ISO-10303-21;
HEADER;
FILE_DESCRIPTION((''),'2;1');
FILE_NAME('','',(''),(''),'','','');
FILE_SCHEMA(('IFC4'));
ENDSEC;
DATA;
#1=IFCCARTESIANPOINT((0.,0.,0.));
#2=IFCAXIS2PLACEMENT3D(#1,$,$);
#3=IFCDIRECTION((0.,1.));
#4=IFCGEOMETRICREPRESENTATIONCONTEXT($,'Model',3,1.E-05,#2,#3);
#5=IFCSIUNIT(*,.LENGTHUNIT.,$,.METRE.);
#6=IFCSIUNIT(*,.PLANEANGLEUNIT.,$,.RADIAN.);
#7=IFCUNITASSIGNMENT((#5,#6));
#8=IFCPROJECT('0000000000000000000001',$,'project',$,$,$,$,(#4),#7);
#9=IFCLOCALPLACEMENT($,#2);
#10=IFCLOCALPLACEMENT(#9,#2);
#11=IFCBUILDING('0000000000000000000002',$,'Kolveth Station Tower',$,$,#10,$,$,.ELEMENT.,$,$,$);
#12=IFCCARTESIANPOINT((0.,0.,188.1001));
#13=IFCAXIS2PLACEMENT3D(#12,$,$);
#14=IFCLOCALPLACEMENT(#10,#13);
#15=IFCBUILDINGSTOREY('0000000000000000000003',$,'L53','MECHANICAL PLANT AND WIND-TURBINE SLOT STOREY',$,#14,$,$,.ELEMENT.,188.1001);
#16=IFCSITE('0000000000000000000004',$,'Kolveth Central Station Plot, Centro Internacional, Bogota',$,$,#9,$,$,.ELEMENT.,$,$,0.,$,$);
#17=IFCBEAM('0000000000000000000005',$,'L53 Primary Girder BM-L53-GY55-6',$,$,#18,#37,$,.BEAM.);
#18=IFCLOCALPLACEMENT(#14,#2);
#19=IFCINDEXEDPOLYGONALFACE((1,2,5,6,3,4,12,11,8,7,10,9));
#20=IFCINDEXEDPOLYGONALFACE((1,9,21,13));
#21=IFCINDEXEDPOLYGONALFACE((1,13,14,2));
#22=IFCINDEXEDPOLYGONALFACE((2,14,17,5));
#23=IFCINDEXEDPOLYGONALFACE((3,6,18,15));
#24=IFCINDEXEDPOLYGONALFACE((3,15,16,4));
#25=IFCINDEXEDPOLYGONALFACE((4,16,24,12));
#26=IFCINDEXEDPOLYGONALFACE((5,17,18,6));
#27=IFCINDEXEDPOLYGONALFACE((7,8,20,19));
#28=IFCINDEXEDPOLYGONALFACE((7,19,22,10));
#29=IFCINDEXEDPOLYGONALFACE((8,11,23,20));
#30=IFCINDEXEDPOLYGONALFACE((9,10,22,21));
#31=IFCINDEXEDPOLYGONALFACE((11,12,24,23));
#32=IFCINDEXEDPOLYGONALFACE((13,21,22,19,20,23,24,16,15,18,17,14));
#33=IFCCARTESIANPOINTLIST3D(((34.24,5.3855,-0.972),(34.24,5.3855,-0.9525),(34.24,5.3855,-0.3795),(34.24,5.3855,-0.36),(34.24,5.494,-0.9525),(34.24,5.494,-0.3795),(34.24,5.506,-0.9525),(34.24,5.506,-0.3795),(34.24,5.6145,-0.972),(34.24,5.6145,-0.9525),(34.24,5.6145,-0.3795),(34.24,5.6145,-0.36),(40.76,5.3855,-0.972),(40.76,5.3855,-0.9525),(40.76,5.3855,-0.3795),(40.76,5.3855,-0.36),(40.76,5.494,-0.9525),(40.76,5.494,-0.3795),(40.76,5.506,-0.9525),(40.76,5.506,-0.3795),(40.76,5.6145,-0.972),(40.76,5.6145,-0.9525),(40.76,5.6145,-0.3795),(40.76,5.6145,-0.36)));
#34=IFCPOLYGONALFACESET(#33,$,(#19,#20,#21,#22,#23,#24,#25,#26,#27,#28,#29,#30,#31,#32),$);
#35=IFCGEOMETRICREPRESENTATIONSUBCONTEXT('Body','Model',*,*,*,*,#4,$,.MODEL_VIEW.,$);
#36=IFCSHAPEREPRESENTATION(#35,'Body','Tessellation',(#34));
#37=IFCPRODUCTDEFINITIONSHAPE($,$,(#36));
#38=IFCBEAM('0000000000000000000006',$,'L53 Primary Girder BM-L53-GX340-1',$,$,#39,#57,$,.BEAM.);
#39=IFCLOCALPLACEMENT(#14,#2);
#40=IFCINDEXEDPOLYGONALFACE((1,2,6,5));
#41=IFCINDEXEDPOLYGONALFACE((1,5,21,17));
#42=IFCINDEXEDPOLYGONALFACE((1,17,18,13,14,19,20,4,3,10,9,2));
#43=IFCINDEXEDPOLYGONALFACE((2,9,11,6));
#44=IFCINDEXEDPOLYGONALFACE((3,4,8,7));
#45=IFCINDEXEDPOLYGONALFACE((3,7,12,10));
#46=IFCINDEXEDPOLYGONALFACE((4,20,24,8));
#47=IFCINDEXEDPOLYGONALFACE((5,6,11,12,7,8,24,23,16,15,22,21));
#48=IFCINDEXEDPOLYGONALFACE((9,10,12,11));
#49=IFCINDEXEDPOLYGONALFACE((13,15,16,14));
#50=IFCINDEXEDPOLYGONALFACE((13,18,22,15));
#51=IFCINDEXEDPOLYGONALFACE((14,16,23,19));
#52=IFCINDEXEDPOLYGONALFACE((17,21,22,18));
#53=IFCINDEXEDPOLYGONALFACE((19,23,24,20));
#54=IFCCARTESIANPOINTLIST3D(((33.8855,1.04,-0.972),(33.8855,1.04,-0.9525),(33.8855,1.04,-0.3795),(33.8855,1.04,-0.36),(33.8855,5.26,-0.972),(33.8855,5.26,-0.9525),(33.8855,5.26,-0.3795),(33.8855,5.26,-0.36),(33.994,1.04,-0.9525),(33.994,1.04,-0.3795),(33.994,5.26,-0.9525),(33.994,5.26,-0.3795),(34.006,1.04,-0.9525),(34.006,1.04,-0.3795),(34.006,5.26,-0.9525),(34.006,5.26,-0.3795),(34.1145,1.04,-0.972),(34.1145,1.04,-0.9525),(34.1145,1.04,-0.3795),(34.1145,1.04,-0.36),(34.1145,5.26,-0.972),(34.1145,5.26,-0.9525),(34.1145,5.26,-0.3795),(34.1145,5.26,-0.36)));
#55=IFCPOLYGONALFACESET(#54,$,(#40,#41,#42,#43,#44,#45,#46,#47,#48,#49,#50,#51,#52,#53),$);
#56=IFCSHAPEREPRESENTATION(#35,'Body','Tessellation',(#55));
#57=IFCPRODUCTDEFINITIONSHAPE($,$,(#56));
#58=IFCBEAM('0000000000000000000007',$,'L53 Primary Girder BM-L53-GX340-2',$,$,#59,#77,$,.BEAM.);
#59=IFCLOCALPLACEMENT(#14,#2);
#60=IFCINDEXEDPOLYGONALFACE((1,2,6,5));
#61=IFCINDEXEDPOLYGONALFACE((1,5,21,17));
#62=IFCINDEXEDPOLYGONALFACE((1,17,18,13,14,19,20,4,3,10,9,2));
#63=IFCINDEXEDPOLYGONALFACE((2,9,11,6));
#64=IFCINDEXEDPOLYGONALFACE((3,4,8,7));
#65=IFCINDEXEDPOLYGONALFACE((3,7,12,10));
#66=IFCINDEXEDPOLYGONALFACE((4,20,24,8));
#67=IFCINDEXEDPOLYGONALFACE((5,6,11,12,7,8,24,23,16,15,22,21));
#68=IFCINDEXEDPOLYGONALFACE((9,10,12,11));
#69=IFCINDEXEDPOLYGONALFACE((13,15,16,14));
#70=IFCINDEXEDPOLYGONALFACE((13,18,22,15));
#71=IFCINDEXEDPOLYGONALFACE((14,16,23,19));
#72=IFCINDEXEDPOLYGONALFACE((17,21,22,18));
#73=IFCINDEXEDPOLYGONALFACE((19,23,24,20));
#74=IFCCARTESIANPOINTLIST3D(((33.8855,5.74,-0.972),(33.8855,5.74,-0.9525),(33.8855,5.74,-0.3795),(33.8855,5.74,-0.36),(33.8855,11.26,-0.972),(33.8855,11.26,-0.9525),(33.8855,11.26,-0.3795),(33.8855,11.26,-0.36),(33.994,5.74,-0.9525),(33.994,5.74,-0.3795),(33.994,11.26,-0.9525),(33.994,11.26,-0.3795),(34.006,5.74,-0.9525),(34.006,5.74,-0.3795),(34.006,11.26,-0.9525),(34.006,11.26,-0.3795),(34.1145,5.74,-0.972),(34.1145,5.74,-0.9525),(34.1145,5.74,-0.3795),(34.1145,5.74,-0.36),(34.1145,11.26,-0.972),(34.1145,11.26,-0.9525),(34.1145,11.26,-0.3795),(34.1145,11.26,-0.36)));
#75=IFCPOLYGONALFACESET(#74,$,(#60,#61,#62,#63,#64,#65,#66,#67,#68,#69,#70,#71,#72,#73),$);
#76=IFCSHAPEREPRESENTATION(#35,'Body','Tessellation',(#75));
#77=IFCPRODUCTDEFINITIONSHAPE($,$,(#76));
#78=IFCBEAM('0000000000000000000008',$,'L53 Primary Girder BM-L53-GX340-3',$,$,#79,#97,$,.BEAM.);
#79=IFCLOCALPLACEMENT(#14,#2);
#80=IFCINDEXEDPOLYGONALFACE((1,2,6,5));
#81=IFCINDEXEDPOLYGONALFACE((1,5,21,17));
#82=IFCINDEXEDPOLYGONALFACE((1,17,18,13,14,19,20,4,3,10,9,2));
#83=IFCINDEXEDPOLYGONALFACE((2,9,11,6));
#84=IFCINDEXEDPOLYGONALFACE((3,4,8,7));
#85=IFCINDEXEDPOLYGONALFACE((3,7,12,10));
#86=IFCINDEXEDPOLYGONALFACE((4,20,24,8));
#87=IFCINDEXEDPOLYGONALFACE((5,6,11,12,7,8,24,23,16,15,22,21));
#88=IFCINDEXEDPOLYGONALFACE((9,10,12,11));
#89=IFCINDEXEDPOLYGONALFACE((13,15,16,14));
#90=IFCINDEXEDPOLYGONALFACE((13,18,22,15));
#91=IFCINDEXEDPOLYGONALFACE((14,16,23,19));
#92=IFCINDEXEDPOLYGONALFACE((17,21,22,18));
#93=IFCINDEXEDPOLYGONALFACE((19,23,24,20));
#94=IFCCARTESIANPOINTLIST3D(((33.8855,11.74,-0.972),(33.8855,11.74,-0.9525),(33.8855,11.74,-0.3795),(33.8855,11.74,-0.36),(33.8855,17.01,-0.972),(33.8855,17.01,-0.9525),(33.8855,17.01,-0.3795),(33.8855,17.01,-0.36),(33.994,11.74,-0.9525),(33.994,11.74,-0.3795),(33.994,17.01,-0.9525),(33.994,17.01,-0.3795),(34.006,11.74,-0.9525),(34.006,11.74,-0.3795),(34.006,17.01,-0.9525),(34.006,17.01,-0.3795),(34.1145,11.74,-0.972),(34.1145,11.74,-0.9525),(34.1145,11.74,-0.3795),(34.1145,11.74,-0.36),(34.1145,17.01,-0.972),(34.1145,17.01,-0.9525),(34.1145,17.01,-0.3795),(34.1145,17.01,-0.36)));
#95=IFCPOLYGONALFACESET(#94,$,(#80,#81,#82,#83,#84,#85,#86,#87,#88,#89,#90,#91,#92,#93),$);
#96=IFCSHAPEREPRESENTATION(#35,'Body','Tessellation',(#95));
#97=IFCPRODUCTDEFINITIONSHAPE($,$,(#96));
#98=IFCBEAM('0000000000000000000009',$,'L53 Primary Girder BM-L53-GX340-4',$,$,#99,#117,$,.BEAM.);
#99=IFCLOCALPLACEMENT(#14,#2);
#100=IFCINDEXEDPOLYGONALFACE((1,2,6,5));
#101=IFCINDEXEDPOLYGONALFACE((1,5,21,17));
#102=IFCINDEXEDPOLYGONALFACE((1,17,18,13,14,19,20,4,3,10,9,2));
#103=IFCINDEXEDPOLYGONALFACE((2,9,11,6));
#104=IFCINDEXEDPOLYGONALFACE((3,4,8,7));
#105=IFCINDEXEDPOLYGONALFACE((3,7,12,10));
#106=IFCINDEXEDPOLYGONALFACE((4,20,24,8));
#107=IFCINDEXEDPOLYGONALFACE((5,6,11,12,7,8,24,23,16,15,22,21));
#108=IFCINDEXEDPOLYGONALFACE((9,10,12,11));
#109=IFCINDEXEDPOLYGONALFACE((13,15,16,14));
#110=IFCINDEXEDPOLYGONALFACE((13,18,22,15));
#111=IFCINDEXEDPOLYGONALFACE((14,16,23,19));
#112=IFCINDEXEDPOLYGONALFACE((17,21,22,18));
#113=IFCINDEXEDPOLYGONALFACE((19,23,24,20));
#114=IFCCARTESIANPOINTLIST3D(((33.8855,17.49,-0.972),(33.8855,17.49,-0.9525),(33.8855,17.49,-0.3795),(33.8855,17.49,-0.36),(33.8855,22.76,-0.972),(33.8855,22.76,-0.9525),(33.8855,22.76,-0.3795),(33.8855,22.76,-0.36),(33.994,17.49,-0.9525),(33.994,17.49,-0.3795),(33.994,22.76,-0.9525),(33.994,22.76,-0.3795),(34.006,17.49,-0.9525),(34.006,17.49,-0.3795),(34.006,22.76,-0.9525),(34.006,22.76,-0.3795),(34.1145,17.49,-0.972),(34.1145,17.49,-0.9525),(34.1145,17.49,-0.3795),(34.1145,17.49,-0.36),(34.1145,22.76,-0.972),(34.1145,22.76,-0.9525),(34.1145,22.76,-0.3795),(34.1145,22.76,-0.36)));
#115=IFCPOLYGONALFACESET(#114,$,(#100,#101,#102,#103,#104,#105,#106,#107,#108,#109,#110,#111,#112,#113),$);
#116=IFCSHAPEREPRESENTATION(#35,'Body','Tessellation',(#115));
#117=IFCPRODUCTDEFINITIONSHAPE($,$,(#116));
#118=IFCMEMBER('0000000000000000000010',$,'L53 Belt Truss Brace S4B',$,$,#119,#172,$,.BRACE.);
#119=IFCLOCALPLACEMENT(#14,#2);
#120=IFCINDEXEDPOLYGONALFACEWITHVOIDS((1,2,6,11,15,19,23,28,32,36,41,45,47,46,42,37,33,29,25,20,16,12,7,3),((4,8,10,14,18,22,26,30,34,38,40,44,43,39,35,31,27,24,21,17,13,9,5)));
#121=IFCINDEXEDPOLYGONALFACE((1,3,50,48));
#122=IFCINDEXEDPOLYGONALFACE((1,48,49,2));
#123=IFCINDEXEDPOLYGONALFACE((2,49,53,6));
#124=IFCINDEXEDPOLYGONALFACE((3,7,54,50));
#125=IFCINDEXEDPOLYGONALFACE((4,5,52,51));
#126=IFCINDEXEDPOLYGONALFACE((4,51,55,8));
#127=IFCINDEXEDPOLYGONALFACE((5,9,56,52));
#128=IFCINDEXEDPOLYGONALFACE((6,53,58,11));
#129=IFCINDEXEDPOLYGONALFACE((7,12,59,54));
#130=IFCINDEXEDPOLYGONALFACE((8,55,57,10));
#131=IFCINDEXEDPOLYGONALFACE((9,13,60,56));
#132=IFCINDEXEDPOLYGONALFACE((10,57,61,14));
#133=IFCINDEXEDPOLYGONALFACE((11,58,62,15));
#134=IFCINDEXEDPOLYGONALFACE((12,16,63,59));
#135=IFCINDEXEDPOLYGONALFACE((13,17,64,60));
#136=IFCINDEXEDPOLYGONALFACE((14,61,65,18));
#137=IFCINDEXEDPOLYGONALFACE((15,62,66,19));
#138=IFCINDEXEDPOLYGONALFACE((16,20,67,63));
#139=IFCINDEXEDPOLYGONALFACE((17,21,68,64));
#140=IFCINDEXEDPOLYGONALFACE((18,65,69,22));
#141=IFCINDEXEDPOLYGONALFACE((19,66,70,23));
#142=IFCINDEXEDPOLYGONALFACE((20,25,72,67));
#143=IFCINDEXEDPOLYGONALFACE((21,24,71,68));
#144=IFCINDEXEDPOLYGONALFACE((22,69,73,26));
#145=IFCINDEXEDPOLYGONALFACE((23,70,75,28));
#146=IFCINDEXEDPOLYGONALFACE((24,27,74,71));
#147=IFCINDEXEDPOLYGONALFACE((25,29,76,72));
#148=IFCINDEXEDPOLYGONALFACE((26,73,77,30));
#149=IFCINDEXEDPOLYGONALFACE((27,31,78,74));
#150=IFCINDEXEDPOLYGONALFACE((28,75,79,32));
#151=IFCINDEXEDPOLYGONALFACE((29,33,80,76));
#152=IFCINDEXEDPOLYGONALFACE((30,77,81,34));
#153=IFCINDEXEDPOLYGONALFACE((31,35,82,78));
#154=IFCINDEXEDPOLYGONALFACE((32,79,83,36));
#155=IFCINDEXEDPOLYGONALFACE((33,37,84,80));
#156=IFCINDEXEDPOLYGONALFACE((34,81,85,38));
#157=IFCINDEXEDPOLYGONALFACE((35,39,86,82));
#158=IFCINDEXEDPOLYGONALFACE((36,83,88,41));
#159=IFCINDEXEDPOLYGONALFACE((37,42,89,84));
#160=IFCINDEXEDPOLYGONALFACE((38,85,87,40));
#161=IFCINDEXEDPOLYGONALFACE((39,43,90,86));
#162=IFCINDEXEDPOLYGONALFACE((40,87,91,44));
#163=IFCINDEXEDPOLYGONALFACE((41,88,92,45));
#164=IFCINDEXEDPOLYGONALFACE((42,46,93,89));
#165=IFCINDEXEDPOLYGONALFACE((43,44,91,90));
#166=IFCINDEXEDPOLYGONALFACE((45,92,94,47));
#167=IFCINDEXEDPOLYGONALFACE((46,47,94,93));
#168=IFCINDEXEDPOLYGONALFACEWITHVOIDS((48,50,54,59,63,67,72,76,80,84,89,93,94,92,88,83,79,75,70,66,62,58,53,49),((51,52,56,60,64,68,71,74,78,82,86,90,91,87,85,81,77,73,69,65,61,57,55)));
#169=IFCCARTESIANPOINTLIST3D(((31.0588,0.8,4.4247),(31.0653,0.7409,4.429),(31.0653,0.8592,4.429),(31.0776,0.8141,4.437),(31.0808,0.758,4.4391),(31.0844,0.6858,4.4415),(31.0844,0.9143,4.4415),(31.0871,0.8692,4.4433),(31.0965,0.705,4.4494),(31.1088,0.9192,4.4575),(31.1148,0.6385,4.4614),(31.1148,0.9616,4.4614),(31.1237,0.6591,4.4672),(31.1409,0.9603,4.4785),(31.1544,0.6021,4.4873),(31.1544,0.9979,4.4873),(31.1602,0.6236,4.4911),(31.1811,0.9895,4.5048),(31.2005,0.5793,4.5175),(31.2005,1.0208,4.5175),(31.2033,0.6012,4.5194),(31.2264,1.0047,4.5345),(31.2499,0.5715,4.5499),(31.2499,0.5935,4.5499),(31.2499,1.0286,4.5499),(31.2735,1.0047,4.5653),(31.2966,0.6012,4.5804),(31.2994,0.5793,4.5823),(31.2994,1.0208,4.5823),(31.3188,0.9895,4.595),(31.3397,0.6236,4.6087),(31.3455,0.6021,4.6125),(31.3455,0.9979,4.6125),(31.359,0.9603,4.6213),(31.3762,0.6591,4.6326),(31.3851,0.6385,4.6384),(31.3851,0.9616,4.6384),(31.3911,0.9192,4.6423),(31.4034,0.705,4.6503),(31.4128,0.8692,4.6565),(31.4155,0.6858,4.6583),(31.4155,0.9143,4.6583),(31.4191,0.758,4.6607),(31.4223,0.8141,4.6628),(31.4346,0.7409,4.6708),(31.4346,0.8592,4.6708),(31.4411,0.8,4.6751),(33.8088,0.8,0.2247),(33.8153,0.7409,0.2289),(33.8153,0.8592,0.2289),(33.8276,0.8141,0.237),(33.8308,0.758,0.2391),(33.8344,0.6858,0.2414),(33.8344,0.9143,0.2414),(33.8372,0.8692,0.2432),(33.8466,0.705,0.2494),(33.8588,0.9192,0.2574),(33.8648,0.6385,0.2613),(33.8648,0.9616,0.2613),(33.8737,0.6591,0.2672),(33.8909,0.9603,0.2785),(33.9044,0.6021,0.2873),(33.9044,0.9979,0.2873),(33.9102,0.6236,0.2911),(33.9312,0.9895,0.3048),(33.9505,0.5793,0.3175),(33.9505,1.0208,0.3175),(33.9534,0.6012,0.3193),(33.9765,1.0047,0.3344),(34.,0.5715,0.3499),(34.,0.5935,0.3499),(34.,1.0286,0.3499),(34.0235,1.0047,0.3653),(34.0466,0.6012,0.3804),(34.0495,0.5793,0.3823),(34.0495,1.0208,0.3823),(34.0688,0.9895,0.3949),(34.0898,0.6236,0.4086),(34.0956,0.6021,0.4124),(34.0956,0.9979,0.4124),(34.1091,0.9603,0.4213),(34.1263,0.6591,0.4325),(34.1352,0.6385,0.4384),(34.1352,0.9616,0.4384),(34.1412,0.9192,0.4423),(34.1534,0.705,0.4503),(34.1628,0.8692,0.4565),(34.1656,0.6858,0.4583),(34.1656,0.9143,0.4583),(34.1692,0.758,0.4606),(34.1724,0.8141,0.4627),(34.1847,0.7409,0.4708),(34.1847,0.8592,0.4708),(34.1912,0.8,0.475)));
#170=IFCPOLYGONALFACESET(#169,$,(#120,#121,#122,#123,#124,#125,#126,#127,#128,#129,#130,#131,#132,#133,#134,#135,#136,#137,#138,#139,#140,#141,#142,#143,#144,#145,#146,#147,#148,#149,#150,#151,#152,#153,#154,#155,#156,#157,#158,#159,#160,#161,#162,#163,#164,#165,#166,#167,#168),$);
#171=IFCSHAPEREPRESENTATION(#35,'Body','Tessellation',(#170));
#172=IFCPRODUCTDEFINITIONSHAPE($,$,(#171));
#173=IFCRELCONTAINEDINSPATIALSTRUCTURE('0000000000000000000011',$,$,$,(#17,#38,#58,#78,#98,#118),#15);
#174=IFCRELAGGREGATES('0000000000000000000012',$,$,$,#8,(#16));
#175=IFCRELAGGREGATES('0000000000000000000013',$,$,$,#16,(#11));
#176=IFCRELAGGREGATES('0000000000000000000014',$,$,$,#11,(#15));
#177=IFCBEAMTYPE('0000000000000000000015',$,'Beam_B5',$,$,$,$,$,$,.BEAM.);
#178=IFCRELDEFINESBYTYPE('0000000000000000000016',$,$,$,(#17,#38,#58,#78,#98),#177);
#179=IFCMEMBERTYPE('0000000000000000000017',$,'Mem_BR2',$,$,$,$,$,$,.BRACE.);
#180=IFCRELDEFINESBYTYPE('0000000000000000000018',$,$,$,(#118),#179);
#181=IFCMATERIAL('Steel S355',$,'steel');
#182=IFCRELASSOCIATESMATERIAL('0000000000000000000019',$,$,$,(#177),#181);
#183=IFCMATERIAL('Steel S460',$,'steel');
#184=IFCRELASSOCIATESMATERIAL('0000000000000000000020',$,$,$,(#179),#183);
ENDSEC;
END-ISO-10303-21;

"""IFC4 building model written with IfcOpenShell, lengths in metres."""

from ifc_helpers import new_model, si_unit, direction, frame, origin, origin_2d, place, context, subcontext, project, spatial, hollow_circle, i_section, extrude, source, transform, mapped, material, material_profile, profile_set, type_object, element, save


model = new_model("IFC4")

# Units and contexts
model_context = context("Model", 3, precision=1e-05, world=origin(), true_north=direction((0.0, 1.0)))
body_context = subcontext(model_context, "Body", "Model", "MODEL_VIEW")
ifc_project = project(units=[si_unit("LENGTHUNIT", "METRE"), si_unit("PLANEANGLEUNIT", "RADIAN")], contexts=[model_context])

# Site, building, storey
site_placement = place(None, origin())
site = spatial("IfcSite", under=ifc_project, at=site_placement, Name="Kolveth Central Station Plot, Centro Internacional, Bogota", CompositionType="ELEMENT", RefElevation=0.0)
building_placement = place(site_placement, origin())
building = spatial("IfcBuilding", under=site, at=building_placement, Name="Kolveth Station Tower", CompositionType="ELEMENT")
storey_placement = place(building_placement, frame((0.0, 0.0, 188.1001)))
storey = spatial("IfcBuildingStorey", under=building, at=storey_placement, Name="L53", Description="MECHANICAL PLANT AND WIND-TURBINE SLOT STOREY", CompositionType="ELEMENT", Elevation=188.1001)

# Shared definitions
ifc_material_1 = material(Name="Steel S355", Category="steel")

# Beams
ifc_material_profile_1 = material_profile(ifc_material_1, i_section(OverallWidth=0.229, OverallDepth=0.6121, WebThickness=0.012, FlangeThickness=0.0195, at=origin_2d()), Name="W610x125")
ifc_profile_set_1 = profile_set([ifc_material_profile_1], Name="Steel S355")
beam_type_1 = type_object("IfcBeamType", Name="Beam_B5", PredefinedType="BEAM", material=ifc_profile_set_1)
shared_shape_1 = source(origin(), body_context, "Body", "SweptSolid", [
    extrude(i_section(OverallWidth=0.229, OverallDepth=0.6121, WebThickness=0.012, FlangeThickness=0.0195, at=origin_2d()), origin(), (0.0, 0.0, 1.0), 6.52),
])
beam_1_placement = place(storey_placement, frame((34.24, 5.5, -0.666), z_axis=(1.0, 0.0, 0.0), x_axis=(0.0, 1.0, 0.0)))
element("IfcBeam", 1, at=beam_1_placement, inside=storey, type_object=beam_type_1, Name="L53 Primary Girder BM-L53-GY55-6", PredefinedType="BEAM", context=body_context, shape_type="MappedRepresentation", body=[
    mapped(shared_shape_1, transform((0.0, 0.0, 0.0), x_axis=(1.0, 0.0, 0.0), y_axis=(0.0, 1.0, 0.0), z_axis=(0.0, 0.0, 1.0), scale=1.0)),
])
shared_shape_2 = source(origin(), body_context, "Body", "SweptSolid", [
    extrude(i_section(OverallWidth=0.229, OverallDepth=0.6121, WebThickness=0.012, FlangeThickness=0.0195, at=origin_2d()), origin(), (0.0, 0.0, 1.0), 4.22),
])
beam_2_placement = place(storey_placement, frame((34.0, 1.04, -0.666), z_axis=(0.0, 1.0, 0.0), x_axis=(-1.0, 0.0, 0.0)))
element("IfcBeam", 2, at=beam_2_placement, inside=storey, type_object=beam_type_1, Name="L53 Primary Girder BM-L53-GX340-1", PredefinedType="BEAM", context=body_context, shape_type="MappedRepresentation", body=[
    mapped(shared_shape_2, transform((0.0, 0.0, 0.0), x_axis=(1.0, 0.0, 0.0), y_axis=(0.0, 1.0, 0.0), z_axis=(0.0, 0.0, 1.0), scale=1.0)),
])
shared_shape_3 = source(origin(), body_context, "Body", "SweptSolid", [
    extrude(i_section(OverallWidth=0.229, OverallDepth=0.6121, WebThickness=0.012, FlangeThickness=0.0195, at=origin_2d()), origin(), (0.0, 0.0, 1.0), 5.52),
])
beam_3_placement = place(storey_placement, frame((34.0, 5.74, -0.666), z_axis=(0.0, 1.0, 0.0), x_axis=(-1.0, 0.0, 0.0)))
element("IfcBeam", 3, at=beam_3_placement, inside=storey, type_object=beam_type_1, Name="L53 Primary Girder BM-L53-GX340-2", PredefinedType="BEAM", context=body_context, shape_type="MappedRepresentation", body=[
    mapped(shared_shape_3, transform((0.0, 0.0, 0.0), x_axis=(1.0, 0.0, 0.0), y_axis=(0.0, 1.0, 0.0), z_axis=(0.0, 0.0, 1.0), scale=1.0)),
])
shared_shape_4 = source(origin(), body_context, "Body", "SweptSolid", [
    extrude(i_section(OverallWidth=0.229, OverallDepth=0.6121, WebThickness=0.012, FlangeThickness=0.0195, at=origin_2d()), origin(), (0.0, 0.0, 1.0), 5.27),
])
for number, where, z_axis, x_axis, name in (
    (4, (34.0, 11.74, -0.666), (0.0, 1.0, 0.0), (-1.0, 0.0, 0.0), "L53 Primary Girder BM-L53-GX340-3"),
    (5, (34.0, 17.49, -0.666), (0.0, 1.0, 0.0), (-1.0, 0.0, 0.0), "L53 Primary Girder BM-L53-GX340-4"),
):
    element("IfcBeam", number, at=place(storey_placement, frame(where, z_axis=z_axis, x_axis=x_axis)), inside=storey, type_object=beam_type_1, Name=name, PredefinedType="BEAM", context=body_context, shape_type="MappedRepresentation", body=[
        mapped(shared_shape_4, transform((0.0, 0.0, 0.0), x_axis=(1.0, 0.0, 0.0), y_axis=(0.0, 1.0, 0.0), z_axis=(0.0, 0.0, 1.0), scale=1.0)),
    ])

# Member
ifc_material_2 = material(Name="Steel S460", Category="steel")
ifc_material_profile_2 = material_profile(ifc_material_2, hollow_circle(Radius=0.2285, WallThickness=0.022, at=origin_2d()), Name="CHS457x22")
ifc_profile_set_2 = profile_set([ifc_material_profile_2], Name="Steel S460")
member_type_1 = type_object("IfcMemberType", Name="Mem_BR2", PredefinedType="BRACE", material=ifc_profile_set_2)
shared_shape_5 = source(origin(), body_context, "Body", "SweptSolid", [
    extrude(hollow_circle(Radius=0.2285, WallThickness=0.022, at=origin_2d()), origin(), (0.0, 0.0, 1.0), 5.0203),
])
member_1_placement = place(storey_placement, frame((34.0, 0.8, 0.3499), z_axis=(-0.54779, 0.0, 0.836616), x_axis=(0.0, -1.0, 0.0)))
element("IfcMember", 6, at=member_1_placement, inside=storey, type_object=member_type_1, Name="L53 Belt Truss Brace S4B", PredefinedType="BRACE", context=body_context, shape_type="MappedRepresentation", body=[
    mapped(shared_shape_5, transform((0.0, 0.0, 0.0), x_axis=(1.0, 0.0, 0.0), y_axis=(0.0, 1.0, 0.0), z_axis=(0.0, 0.0, 1.0), scale=1.0)),
])

save(model, "model.ifc")
